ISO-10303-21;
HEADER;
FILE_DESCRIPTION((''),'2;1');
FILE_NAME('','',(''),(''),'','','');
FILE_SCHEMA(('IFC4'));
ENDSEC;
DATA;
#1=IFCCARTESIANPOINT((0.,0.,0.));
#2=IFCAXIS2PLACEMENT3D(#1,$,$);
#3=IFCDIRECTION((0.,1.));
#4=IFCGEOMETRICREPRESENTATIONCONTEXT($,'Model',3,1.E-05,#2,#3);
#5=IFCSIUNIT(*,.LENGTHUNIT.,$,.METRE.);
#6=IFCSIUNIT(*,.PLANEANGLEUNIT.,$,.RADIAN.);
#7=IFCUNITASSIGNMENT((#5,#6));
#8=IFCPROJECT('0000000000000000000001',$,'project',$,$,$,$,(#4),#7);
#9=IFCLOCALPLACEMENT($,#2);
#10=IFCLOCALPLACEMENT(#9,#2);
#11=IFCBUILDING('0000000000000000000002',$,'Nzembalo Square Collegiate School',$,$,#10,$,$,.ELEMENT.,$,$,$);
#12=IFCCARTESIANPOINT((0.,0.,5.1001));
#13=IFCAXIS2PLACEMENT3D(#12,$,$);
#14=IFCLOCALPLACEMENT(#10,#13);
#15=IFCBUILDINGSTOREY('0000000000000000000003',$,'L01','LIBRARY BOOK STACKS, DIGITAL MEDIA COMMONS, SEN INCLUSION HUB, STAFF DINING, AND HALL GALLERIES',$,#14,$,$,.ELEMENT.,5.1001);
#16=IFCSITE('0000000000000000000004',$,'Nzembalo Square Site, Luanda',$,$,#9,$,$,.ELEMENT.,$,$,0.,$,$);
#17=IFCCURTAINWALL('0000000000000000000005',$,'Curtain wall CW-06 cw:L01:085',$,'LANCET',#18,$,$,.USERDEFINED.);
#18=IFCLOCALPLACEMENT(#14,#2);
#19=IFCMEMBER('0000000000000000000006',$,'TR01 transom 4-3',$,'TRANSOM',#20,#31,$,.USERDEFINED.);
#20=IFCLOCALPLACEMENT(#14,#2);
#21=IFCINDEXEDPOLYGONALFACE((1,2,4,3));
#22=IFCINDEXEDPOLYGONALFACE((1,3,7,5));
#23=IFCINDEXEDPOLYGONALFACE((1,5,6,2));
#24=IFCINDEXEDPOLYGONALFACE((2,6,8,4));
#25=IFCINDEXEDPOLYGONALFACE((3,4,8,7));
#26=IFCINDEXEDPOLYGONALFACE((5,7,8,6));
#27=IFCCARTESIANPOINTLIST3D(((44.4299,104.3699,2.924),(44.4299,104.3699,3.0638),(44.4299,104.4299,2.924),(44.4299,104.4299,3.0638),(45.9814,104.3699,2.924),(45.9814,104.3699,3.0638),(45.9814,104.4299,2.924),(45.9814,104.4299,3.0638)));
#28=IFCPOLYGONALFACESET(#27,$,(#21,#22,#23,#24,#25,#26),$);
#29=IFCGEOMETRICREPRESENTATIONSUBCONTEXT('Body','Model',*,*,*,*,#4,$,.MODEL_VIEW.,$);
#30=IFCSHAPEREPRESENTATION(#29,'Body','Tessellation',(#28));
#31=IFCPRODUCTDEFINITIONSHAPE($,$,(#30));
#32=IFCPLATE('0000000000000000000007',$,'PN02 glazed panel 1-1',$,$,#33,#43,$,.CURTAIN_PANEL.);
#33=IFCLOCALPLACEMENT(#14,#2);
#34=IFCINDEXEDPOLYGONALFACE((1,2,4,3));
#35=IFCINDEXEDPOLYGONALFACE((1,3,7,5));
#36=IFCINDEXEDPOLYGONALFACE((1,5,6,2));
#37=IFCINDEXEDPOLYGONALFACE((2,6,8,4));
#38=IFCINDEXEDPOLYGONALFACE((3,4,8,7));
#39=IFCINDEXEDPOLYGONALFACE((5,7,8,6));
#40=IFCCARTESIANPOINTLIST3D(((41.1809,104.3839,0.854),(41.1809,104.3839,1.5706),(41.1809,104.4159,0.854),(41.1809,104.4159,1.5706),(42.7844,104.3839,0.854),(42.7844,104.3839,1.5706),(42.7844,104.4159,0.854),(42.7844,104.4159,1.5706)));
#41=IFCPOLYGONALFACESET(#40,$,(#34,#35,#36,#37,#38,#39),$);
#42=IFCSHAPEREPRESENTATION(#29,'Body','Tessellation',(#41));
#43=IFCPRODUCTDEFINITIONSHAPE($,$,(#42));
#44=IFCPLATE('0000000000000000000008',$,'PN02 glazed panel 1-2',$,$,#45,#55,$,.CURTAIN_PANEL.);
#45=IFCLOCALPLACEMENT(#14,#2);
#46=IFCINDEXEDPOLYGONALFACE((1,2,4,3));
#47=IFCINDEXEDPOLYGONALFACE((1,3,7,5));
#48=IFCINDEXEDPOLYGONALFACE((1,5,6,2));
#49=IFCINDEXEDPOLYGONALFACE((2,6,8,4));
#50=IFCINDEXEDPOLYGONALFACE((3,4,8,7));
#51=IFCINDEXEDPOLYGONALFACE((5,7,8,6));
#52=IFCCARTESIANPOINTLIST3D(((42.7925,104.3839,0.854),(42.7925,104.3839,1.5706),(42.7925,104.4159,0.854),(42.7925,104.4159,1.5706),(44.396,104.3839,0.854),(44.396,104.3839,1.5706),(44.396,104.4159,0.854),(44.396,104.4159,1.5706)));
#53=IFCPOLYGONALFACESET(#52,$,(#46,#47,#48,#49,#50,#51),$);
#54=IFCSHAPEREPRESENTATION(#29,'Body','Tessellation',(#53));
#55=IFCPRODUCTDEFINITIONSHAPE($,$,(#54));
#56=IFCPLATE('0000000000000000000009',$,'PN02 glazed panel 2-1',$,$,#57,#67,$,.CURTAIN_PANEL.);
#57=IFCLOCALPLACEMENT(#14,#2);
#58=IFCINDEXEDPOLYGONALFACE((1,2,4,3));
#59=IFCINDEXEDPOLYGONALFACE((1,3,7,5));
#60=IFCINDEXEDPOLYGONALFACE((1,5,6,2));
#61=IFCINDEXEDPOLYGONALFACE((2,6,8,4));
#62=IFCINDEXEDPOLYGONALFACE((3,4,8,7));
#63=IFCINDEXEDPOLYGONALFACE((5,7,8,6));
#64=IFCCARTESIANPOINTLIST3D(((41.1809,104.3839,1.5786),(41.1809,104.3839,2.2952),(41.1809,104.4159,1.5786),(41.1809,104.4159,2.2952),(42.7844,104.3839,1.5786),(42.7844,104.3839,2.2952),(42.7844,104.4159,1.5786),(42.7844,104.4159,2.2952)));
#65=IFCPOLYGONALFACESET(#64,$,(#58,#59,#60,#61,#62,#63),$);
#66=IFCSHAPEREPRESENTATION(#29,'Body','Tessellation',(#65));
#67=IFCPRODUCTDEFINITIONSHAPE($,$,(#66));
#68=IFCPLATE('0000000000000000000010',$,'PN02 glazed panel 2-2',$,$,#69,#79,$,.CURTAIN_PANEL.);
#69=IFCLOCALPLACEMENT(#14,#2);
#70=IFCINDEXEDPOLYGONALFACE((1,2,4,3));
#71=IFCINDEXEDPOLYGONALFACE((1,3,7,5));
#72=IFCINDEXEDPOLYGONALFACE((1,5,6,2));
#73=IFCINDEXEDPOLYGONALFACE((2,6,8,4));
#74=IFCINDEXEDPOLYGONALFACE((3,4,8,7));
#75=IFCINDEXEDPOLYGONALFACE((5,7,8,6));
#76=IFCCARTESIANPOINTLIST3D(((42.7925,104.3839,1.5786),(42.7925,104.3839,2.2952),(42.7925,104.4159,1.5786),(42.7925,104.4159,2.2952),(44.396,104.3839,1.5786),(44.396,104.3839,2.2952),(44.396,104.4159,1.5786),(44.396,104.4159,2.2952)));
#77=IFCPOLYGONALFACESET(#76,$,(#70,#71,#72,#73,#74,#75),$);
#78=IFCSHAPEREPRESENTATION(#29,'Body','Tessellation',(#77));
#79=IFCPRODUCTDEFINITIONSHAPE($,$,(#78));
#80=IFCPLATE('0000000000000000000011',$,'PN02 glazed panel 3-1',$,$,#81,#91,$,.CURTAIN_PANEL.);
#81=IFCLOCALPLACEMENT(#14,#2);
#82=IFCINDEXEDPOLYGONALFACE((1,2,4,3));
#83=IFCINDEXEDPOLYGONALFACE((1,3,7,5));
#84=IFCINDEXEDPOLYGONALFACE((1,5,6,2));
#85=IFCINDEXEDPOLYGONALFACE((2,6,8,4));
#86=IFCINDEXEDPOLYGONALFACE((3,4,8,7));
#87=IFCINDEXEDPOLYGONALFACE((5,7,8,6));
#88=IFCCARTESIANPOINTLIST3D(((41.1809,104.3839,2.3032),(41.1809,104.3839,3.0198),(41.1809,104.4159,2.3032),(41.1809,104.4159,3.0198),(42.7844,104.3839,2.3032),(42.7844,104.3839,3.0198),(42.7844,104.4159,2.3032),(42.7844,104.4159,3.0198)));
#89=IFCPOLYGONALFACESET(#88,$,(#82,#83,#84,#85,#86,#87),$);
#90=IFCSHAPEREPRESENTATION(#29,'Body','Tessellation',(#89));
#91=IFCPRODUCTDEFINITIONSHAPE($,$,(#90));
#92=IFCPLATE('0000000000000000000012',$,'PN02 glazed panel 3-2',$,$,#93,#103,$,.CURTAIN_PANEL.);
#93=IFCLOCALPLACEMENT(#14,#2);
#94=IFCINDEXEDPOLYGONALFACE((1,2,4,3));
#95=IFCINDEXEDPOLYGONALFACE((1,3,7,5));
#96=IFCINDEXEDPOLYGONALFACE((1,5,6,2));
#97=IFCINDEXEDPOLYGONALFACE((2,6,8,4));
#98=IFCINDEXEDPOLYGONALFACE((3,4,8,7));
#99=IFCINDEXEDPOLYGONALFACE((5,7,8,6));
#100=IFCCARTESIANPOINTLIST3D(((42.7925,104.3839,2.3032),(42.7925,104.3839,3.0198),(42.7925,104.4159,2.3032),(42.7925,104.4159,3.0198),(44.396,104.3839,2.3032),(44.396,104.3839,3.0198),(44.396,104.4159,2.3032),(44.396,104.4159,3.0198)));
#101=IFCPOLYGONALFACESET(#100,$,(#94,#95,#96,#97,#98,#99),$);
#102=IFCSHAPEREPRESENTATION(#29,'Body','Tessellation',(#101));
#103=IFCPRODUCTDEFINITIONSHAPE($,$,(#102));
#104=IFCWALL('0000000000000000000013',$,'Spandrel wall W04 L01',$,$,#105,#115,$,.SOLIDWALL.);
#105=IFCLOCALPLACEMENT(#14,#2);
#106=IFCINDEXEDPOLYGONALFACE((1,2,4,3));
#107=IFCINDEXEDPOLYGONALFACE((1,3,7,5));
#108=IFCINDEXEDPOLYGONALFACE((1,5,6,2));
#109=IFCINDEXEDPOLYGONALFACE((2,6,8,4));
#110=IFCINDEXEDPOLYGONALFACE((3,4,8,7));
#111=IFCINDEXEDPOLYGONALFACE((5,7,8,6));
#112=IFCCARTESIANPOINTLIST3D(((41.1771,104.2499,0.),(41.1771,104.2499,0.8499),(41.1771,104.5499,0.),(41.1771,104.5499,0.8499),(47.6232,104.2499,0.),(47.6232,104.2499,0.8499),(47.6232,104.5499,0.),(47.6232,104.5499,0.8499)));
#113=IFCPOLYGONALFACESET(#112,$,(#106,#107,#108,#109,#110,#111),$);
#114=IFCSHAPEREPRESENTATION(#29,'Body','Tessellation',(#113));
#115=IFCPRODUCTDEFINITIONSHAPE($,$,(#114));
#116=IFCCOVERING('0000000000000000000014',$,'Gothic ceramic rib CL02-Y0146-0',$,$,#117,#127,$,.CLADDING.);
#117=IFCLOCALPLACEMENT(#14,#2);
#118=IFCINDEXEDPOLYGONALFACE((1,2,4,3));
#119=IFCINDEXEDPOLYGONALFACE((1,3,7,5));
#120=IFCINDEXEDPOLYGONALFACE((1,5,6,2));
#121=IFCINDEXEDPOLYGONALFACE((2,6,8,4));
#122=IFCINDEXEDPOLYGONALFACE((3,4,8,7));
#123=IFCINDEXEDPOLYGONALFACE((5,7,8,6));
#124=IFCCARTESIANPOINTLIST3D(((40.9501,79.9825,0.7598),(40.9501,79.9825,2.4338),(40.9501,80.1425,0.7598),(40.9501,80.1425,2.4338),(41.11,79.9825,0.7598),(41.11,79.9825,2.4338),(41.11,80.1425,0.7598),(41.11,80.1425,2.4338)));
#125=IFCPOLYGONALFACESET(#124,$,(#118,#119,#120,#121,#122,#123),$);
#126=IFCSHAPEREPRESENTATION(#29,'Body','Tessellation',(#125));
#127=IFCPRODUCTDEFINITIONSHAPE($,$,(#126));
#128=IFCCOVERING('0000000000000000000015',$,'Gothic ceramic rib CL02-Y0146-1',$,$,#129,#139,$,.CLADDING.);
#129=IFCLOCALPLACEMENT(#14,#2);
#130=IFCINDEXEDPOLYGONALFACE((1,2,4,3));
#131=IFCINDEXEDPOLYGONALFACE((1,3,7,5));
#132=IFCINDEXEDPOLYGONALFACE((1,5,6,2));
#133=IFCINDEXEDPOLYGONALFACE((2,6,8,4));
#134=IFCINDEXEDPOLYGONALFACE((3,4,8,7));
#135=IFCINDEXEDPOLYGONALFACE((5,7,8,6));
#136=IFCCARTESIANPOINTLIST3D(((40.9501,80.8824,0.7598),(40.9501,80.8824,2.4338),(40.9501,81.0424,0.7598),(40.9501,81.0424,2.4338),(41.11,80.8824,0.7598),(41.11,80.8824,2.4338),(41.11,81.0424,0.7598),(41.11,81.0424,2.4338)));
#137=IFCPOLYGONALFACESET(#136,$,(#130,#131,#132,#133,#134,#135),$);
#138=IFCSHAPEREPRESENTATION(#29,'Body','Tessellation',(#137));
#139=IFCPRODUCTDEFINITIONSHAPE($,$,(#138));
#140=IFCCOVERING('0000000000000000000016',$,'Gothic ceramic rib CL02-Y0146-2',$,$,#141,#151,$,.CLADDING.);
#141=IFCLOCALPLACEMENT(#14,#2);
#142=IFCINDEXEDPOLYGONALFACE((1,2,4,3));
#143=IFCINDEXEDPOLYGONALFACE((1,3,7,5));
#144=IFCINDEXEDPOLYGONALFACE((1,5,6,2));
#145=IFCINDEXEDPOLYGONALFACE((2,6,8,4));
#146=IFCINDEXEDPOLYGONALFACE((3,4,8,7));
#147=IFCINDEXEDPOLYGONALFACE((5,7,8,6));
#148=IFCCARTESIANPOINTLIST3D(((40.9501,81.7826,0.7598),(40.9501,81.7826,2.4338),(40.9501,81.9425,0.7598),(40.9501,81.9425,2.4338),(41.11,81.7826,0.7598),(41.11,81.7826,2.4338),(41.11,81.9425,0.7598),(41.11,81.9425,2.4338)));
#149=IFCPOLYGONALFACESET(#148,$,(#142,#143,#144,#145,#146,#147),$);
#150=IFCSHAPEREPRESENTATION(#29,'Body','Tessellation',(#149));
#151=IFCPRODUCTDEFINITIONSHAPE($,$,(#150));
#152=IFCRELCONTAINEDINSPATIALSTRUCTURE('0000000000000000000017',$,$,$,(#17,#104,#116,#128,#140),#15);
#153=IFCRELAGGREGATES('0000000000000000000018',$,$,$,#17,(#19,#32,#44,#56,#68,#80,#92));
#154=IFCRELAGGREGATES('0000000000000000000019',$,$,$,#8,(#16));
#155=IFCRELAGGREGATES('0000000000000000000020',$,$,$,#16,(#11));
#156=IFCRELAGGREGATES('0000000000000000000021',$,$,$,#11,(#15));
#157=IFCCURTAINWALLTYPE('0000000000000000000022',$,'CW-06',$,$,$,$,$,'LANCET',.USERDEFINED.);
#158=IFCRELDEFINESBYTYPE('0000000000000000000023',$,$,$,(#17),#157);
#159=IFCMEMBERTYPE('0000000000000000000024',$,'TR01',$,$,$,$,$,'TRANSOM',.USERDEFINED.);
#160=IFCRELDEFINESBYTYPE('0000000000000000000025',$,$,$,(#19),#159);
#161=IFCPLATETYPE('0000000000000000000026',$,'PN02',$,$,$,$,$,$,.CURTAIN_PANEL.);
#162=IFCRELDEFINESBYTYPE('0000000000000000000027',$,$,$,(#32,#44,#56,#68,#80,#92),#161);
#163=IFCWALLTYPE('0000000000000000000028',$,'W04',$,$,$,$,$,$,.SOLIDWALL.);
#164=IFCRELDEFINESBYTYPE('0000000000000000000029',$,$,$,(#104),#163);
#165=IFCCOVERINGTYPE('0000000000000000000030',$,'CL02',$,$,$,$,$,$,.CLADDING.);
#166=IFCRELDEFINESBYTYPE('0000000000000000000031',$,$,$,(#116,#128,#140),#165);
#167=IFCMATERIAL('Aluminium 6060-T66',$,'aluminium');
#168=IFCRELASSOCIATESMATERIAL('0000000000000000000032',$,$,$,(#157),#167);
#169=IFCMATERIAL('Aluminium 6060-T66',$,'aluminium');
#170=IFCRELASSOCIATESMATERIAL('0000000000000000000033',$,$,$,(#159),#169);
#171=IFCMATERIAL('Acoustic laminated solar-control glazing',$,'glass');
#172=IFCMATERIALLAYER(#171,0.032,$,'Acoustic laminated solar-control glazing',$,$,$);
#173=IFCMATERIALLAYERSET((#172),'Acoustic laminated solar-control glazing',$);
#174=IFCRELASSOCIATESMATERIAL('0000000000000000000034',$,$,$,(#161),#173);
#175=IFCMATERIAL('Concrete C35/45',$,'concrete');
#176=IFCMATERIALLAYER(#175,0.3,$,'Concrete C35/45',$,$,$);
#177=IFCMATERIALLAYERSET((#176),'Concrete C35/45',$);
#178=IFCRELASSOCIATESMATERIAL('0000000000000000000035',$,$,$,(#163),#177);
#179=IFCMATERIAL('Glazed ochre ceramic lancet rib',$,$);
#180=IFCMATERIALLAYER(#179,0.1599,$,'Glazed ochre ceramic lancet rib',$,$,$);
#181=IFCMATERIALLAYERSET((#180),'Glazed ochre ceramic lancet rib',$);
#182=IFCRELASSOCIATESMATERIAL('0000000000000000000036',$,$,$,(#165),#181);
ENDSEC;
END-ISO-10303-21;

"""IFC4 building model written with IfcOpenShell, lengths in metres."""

from ifc_helpers import new_model, si_unit, direction, frame, frame_2d, origin, origin_2d, place, context, subcontext, project, spatial, rectangle, extrude, material, layer, layer_set, material_profile, profile_set, type_object, element, aggregate, save


model = new_model("IFC4")

# Units and contexts
model_context = context("Model", 3, precision=1e-05, world=origin(), true_north=direction((0.0, 1.0)))
body_context = subcontext(model_context, "Body", "Model", "MODEL_VIEW")
ifc_project = project(units=[si_unit("LENGTHUNIT", "METRE"), si_unit("PLANEANGLEUNIT", "RADIAN")], contexts=[model_context])

# Site, building, storey
site_placement = place(None, origin())
site = spatial("IfcSite", under=ifc_project, at=site_placement, Name="Nzembalo Square Site, Luanda", CompositionType="ELEMENT", RefElevation=0.0)
building_placement = place(site_placement, origin())
building = spatial("IfcBuilding", under=site, at=building_placement, Name="Nzembalo Square Collegiate School", CompositionType="ELEMENT")
storey_placement = place(building_placement, frame((0.0, 0.0, 5.1001)))
storey = spatial("IfcBuildingStorey", under=building, at=storey_placement, Name="L01", Description="LIBRARY BOOK STACKS, DIGITAL MEDIA COMMONS, SEN INCLUSION HUB, STAFF DINING, AND HALL GALLERIES", CompositionType="ELEMENT", Elevation=5.1001)

# Curtain wall, member, plates
ifc_material_1 = material(Name="Aluminium 6060-T66", Category="aluminium")
curtain_wall_type = type_object("IfcCurtainWallType", Name="CW-06", ElementType="LANCET", PredefinedType="USERDEFINED", material=ifc_material_1)
curtain_wall_placement = place(storey_placement, origin())
curtain_wall = element("IfcCurtainWall", 1, at=curtain_wall_placement, inside=storey, type_object=curtain_wall_type, Name="Curtain wall CW-06 cw:L01:085", ObjectType="LANCET", PredefinedType="USERDEFINED")
ifc_material_2 = material(Name="Aluminium 6060-T66", Category="aluminium")
ifc_material_profile_1 = material_profile(ifc_material_2, rectangle(XDim=0.0601, YDim=0.1399, at=origin_2d()), Name="ALU T60x140")
ifc_profile_set_1 = profile_set([ifc_material_profile_1], Name="Aluminium 6060-T66")
member_type_1 = type_object("IfcMemberType", Name="TR01", ElementType="TRANSOM", PredefinedType="USERDEFINED", material=ifc_profile_set_1)
member_1_placement = place(storey_placement, frame((44.4299, 104.3999, 2.9939), z_axis=(1.0, 0.0, 0.0), x_axis=(0.0, 1.0, 0.0)))
member_1 = element("IfcMember", 2, at=member_1_placement, type_object=member_type_1, Name="TR01 transom 4-3", ObjectType="TRANSOM", PredefinedType="USERDEFINED", context=body_context, shape_type="SweptSolid", body=[
    extrude(rectangle(XDim=0.0601, YDim=0.1399, at=origin_2d()), origin(), (0.0, 0.0, 1.0), 1.5515),
])
ifc_material_3 = material(Name="Acoustic laminated solar-control glazing", Category="glass")
ifc_layer_1 = layer(ifc_material_3, 0.032, Name="Acoustic laminated solar-control glazing")
ifc_layer_set_1 = layer_set([ifc_layer_1], Name="Acoustic laminated solar-control glazing")
plate_type = type_object("IfcPlateType", Name="PN02", PredefinedType="CURTAIN_PANEL", material=ifc_layer_set_1)
plate_1_placement = place(storey_placement, frame((41.9827, 104.3999, 0.854), z_axis=(0.0, 0.0, 1.0), x_axis=(1.0, 0.0, 0.0)))
plate_1 = element("IfcPlate", 3, at=plate_1_placement, type_object=plate_type, Name="PN02 glazed panel 1-1", PredefinedType="CURTAIN_PANEL", context=body_context, shape_type="SweptSolid", body=[
    extrude(rectangle(XDim=1.6035, YDim=0.032, at=origin_2d()), origin(), (0.0, 0.0, 1.0), 0.7166),
])
plate_2_placement = place(storey_placement, frame((43.5942, 104.3999, 0.854), z_axis=(0.0, 0.0, 1.0), x_axis=(1.0, 0.0, 0.0)))
plate_2 = element("IfcPlate", 4, at=plate_2_placement, type_object=plate_type, Name="PN02 glazed panel 1-2", PredefinedType="CURTAIN_PANEL", context=body_context, shape_type="SweptSolid", body=[
    extrude(rectangle(XDim=1.6035, YDim=0.032, at=origin_2d()), origin(), (0.0, 0.0, 1.0), 0.7166),
])
plate_3_placement = place(storey_placement, frame((41.9827, 104.3999, 1.5786), z_axis=(0.0, 0.0, 1.0), x_axis=(1.0, 0.0, 0.0)))
plate_3 = element("IfcPlate", 5, at=plate_3_placement, type_object=plate_type, Name="PN02 glazed panel 2-1", PredefinedType="CURTAIN_PANEL", context=body_context, shape_type="SweptSolid", body=[
    extrude(rectangle(XDim=1.6035, YDim=0.032, at=origin_2d()), origin(), (0.0, 0.0, 1.0), 0.7166),
])
plate_4_placement = place(storey_placement, frame((43.5942, 104.3999, 1.5786), z_axis=(0.0, 0.0, 1.0), x_axis=(1.0, 0.0, 0.0)))
plate_4 = element("IfcPlate", 6, at=plate_4_placement, type_object=plate_type, Name="PN02 glazed panel 2-2", PredefinedType="CURTAIN_PANEL", context=body_context, shape_type="SweptSolid", body=[
    extrude(rectangle(XDim=1.6035, YDim=0.032, at=origin_2d()), origin(), (0.0, 0.0, 1.0), 0.7166),
])
plate_5_placement = place(storey_placement, frame((41.9827, 104.3999, 2.3032), z_axis=(0.0, 0.0, 1.0), x_axis=(1.0, 0.0, 0.0)))
plate_5 = element("IfcPlate", 7, at=plate_5_placement, type_object=plate_type, Name="PN02 glazed panel 3-1", PredefinedType="CURTAIN_PANEL", context=body_context, shape_type="SweptSolid", body=[
    extrude(rectangle(XDim=1.6035, YDim=0.032, at=origin_2d()), origin(), (0.0, 0.0, 1.0), 0.7166),
])
plate_6_placement = place(storey_placement, frame((43.5942, 104.3999, 2.3032), z_axis=(0.0, 0.0, 1.0), x_axis=(1.0, 0.0, 0.0)))
plate_6 = element("IfcPlate", 8, at=plate_6_placement, type_object=plate_type, Name="PN02 glazed panel 3-2", PredefinedType="CURTAIN_PANEL", context=body_context, shape_type="SweptSolid", body=[
    extrude(rectangle(XDim=1.6035, YDim=0.032, at=origin_2d()), origin(), (0.0, 0.0, 1.0), 0.7166),
])
aggregate(curtain_wall, [member_1, plate_1, plate_2, plate_3, plate_4, plate_5, plate_6])

# Wall
ifc_material_4 = material(Name="Concrete C35/45", Category="concrete")
ifc_layer_2 = layer(ifc_material_4, 0.3, Name="Concrete C35/45")
ifc_layer_set_2 = layer_set([ifc_layer_2], Name="Concrete C35/45")
wall_type = type_object("IfcWallType", Name="W04", PredefinedType="SOLIDWALL", material=ifc_layer_set_2)
wall_placement = place(storey_placement, frame((41.177, 104.3999, 0.0), z_axis=(0.0, 0.0, 1.0), x_axis=(1.0, 0.0, 0.0)))
element("IfcWall", 9, at=wall_placement, inside=storey, type_object=wall_type, Name="Spandrel wall W04 L01", PredefinedType="SOLIDWALL", context=body_context, shape_type="SweptSolid", body=[
    extrude(rectangle(XDim=6.446, YDim=0.3, at=frame_2d((3.2231, 0.0))), origin(), (0.0, 0.0, 1.0), 0.8499),
])

# Coverings
ifc_material_5 = material(Name="Glazed ochre ceramic lancet rib")
ifc_layer_3 = layer(ifc_material_5, 0.1599, Name="Glazed ochre ceramic lancet rib")
ifc_layer_set_3 = layer_set([ifc_layer_3], Name="Glazed ochre ceramic lancet rib")
covering_type = type_object("IfcCoveringType", Name="CL02", PredefinedType="CLADDING", material=ifc_layer_set_3)
for number, where, z_axis, x_axis, name in (
    (10, (41.03, 80.0625, 0.7598), (0.0, 0.0, 1.0), (1.0, 0.0, 0.0), "Gothic ceramic rib CL02-Y0146-0"),
    (11, (41.03, 80.9624, 0.7598), (0.0, 0.0, 1.0), (1.0, 0.0, 0.0), "Gothic ceramic rib CL02-Y0146-1"),
    (12, (41.03, 81.8625, 0.7598), (0.0, 0.0, 1.0), (1.0, 0.0, 0.0), "Gothic ceramic rib CL02-Y0146-2"),
):
    element("IfcCovering", number, at=place(storey_placement, frame(where, z_axis=z_axis, x_axis=x_axis)), inside=storey, type_object=covering_type, Name=name, PredefinedType="CLADDING", context=body_context, shape_type="SweptSolid", body=[
        extrude(rectangle(XDim=0.1599, YDim=0.1599, at=origin_2d()), origin(), (0.0, 0.0, 1.0), 1.6741),
    ])

save(model, "model.ifc")
